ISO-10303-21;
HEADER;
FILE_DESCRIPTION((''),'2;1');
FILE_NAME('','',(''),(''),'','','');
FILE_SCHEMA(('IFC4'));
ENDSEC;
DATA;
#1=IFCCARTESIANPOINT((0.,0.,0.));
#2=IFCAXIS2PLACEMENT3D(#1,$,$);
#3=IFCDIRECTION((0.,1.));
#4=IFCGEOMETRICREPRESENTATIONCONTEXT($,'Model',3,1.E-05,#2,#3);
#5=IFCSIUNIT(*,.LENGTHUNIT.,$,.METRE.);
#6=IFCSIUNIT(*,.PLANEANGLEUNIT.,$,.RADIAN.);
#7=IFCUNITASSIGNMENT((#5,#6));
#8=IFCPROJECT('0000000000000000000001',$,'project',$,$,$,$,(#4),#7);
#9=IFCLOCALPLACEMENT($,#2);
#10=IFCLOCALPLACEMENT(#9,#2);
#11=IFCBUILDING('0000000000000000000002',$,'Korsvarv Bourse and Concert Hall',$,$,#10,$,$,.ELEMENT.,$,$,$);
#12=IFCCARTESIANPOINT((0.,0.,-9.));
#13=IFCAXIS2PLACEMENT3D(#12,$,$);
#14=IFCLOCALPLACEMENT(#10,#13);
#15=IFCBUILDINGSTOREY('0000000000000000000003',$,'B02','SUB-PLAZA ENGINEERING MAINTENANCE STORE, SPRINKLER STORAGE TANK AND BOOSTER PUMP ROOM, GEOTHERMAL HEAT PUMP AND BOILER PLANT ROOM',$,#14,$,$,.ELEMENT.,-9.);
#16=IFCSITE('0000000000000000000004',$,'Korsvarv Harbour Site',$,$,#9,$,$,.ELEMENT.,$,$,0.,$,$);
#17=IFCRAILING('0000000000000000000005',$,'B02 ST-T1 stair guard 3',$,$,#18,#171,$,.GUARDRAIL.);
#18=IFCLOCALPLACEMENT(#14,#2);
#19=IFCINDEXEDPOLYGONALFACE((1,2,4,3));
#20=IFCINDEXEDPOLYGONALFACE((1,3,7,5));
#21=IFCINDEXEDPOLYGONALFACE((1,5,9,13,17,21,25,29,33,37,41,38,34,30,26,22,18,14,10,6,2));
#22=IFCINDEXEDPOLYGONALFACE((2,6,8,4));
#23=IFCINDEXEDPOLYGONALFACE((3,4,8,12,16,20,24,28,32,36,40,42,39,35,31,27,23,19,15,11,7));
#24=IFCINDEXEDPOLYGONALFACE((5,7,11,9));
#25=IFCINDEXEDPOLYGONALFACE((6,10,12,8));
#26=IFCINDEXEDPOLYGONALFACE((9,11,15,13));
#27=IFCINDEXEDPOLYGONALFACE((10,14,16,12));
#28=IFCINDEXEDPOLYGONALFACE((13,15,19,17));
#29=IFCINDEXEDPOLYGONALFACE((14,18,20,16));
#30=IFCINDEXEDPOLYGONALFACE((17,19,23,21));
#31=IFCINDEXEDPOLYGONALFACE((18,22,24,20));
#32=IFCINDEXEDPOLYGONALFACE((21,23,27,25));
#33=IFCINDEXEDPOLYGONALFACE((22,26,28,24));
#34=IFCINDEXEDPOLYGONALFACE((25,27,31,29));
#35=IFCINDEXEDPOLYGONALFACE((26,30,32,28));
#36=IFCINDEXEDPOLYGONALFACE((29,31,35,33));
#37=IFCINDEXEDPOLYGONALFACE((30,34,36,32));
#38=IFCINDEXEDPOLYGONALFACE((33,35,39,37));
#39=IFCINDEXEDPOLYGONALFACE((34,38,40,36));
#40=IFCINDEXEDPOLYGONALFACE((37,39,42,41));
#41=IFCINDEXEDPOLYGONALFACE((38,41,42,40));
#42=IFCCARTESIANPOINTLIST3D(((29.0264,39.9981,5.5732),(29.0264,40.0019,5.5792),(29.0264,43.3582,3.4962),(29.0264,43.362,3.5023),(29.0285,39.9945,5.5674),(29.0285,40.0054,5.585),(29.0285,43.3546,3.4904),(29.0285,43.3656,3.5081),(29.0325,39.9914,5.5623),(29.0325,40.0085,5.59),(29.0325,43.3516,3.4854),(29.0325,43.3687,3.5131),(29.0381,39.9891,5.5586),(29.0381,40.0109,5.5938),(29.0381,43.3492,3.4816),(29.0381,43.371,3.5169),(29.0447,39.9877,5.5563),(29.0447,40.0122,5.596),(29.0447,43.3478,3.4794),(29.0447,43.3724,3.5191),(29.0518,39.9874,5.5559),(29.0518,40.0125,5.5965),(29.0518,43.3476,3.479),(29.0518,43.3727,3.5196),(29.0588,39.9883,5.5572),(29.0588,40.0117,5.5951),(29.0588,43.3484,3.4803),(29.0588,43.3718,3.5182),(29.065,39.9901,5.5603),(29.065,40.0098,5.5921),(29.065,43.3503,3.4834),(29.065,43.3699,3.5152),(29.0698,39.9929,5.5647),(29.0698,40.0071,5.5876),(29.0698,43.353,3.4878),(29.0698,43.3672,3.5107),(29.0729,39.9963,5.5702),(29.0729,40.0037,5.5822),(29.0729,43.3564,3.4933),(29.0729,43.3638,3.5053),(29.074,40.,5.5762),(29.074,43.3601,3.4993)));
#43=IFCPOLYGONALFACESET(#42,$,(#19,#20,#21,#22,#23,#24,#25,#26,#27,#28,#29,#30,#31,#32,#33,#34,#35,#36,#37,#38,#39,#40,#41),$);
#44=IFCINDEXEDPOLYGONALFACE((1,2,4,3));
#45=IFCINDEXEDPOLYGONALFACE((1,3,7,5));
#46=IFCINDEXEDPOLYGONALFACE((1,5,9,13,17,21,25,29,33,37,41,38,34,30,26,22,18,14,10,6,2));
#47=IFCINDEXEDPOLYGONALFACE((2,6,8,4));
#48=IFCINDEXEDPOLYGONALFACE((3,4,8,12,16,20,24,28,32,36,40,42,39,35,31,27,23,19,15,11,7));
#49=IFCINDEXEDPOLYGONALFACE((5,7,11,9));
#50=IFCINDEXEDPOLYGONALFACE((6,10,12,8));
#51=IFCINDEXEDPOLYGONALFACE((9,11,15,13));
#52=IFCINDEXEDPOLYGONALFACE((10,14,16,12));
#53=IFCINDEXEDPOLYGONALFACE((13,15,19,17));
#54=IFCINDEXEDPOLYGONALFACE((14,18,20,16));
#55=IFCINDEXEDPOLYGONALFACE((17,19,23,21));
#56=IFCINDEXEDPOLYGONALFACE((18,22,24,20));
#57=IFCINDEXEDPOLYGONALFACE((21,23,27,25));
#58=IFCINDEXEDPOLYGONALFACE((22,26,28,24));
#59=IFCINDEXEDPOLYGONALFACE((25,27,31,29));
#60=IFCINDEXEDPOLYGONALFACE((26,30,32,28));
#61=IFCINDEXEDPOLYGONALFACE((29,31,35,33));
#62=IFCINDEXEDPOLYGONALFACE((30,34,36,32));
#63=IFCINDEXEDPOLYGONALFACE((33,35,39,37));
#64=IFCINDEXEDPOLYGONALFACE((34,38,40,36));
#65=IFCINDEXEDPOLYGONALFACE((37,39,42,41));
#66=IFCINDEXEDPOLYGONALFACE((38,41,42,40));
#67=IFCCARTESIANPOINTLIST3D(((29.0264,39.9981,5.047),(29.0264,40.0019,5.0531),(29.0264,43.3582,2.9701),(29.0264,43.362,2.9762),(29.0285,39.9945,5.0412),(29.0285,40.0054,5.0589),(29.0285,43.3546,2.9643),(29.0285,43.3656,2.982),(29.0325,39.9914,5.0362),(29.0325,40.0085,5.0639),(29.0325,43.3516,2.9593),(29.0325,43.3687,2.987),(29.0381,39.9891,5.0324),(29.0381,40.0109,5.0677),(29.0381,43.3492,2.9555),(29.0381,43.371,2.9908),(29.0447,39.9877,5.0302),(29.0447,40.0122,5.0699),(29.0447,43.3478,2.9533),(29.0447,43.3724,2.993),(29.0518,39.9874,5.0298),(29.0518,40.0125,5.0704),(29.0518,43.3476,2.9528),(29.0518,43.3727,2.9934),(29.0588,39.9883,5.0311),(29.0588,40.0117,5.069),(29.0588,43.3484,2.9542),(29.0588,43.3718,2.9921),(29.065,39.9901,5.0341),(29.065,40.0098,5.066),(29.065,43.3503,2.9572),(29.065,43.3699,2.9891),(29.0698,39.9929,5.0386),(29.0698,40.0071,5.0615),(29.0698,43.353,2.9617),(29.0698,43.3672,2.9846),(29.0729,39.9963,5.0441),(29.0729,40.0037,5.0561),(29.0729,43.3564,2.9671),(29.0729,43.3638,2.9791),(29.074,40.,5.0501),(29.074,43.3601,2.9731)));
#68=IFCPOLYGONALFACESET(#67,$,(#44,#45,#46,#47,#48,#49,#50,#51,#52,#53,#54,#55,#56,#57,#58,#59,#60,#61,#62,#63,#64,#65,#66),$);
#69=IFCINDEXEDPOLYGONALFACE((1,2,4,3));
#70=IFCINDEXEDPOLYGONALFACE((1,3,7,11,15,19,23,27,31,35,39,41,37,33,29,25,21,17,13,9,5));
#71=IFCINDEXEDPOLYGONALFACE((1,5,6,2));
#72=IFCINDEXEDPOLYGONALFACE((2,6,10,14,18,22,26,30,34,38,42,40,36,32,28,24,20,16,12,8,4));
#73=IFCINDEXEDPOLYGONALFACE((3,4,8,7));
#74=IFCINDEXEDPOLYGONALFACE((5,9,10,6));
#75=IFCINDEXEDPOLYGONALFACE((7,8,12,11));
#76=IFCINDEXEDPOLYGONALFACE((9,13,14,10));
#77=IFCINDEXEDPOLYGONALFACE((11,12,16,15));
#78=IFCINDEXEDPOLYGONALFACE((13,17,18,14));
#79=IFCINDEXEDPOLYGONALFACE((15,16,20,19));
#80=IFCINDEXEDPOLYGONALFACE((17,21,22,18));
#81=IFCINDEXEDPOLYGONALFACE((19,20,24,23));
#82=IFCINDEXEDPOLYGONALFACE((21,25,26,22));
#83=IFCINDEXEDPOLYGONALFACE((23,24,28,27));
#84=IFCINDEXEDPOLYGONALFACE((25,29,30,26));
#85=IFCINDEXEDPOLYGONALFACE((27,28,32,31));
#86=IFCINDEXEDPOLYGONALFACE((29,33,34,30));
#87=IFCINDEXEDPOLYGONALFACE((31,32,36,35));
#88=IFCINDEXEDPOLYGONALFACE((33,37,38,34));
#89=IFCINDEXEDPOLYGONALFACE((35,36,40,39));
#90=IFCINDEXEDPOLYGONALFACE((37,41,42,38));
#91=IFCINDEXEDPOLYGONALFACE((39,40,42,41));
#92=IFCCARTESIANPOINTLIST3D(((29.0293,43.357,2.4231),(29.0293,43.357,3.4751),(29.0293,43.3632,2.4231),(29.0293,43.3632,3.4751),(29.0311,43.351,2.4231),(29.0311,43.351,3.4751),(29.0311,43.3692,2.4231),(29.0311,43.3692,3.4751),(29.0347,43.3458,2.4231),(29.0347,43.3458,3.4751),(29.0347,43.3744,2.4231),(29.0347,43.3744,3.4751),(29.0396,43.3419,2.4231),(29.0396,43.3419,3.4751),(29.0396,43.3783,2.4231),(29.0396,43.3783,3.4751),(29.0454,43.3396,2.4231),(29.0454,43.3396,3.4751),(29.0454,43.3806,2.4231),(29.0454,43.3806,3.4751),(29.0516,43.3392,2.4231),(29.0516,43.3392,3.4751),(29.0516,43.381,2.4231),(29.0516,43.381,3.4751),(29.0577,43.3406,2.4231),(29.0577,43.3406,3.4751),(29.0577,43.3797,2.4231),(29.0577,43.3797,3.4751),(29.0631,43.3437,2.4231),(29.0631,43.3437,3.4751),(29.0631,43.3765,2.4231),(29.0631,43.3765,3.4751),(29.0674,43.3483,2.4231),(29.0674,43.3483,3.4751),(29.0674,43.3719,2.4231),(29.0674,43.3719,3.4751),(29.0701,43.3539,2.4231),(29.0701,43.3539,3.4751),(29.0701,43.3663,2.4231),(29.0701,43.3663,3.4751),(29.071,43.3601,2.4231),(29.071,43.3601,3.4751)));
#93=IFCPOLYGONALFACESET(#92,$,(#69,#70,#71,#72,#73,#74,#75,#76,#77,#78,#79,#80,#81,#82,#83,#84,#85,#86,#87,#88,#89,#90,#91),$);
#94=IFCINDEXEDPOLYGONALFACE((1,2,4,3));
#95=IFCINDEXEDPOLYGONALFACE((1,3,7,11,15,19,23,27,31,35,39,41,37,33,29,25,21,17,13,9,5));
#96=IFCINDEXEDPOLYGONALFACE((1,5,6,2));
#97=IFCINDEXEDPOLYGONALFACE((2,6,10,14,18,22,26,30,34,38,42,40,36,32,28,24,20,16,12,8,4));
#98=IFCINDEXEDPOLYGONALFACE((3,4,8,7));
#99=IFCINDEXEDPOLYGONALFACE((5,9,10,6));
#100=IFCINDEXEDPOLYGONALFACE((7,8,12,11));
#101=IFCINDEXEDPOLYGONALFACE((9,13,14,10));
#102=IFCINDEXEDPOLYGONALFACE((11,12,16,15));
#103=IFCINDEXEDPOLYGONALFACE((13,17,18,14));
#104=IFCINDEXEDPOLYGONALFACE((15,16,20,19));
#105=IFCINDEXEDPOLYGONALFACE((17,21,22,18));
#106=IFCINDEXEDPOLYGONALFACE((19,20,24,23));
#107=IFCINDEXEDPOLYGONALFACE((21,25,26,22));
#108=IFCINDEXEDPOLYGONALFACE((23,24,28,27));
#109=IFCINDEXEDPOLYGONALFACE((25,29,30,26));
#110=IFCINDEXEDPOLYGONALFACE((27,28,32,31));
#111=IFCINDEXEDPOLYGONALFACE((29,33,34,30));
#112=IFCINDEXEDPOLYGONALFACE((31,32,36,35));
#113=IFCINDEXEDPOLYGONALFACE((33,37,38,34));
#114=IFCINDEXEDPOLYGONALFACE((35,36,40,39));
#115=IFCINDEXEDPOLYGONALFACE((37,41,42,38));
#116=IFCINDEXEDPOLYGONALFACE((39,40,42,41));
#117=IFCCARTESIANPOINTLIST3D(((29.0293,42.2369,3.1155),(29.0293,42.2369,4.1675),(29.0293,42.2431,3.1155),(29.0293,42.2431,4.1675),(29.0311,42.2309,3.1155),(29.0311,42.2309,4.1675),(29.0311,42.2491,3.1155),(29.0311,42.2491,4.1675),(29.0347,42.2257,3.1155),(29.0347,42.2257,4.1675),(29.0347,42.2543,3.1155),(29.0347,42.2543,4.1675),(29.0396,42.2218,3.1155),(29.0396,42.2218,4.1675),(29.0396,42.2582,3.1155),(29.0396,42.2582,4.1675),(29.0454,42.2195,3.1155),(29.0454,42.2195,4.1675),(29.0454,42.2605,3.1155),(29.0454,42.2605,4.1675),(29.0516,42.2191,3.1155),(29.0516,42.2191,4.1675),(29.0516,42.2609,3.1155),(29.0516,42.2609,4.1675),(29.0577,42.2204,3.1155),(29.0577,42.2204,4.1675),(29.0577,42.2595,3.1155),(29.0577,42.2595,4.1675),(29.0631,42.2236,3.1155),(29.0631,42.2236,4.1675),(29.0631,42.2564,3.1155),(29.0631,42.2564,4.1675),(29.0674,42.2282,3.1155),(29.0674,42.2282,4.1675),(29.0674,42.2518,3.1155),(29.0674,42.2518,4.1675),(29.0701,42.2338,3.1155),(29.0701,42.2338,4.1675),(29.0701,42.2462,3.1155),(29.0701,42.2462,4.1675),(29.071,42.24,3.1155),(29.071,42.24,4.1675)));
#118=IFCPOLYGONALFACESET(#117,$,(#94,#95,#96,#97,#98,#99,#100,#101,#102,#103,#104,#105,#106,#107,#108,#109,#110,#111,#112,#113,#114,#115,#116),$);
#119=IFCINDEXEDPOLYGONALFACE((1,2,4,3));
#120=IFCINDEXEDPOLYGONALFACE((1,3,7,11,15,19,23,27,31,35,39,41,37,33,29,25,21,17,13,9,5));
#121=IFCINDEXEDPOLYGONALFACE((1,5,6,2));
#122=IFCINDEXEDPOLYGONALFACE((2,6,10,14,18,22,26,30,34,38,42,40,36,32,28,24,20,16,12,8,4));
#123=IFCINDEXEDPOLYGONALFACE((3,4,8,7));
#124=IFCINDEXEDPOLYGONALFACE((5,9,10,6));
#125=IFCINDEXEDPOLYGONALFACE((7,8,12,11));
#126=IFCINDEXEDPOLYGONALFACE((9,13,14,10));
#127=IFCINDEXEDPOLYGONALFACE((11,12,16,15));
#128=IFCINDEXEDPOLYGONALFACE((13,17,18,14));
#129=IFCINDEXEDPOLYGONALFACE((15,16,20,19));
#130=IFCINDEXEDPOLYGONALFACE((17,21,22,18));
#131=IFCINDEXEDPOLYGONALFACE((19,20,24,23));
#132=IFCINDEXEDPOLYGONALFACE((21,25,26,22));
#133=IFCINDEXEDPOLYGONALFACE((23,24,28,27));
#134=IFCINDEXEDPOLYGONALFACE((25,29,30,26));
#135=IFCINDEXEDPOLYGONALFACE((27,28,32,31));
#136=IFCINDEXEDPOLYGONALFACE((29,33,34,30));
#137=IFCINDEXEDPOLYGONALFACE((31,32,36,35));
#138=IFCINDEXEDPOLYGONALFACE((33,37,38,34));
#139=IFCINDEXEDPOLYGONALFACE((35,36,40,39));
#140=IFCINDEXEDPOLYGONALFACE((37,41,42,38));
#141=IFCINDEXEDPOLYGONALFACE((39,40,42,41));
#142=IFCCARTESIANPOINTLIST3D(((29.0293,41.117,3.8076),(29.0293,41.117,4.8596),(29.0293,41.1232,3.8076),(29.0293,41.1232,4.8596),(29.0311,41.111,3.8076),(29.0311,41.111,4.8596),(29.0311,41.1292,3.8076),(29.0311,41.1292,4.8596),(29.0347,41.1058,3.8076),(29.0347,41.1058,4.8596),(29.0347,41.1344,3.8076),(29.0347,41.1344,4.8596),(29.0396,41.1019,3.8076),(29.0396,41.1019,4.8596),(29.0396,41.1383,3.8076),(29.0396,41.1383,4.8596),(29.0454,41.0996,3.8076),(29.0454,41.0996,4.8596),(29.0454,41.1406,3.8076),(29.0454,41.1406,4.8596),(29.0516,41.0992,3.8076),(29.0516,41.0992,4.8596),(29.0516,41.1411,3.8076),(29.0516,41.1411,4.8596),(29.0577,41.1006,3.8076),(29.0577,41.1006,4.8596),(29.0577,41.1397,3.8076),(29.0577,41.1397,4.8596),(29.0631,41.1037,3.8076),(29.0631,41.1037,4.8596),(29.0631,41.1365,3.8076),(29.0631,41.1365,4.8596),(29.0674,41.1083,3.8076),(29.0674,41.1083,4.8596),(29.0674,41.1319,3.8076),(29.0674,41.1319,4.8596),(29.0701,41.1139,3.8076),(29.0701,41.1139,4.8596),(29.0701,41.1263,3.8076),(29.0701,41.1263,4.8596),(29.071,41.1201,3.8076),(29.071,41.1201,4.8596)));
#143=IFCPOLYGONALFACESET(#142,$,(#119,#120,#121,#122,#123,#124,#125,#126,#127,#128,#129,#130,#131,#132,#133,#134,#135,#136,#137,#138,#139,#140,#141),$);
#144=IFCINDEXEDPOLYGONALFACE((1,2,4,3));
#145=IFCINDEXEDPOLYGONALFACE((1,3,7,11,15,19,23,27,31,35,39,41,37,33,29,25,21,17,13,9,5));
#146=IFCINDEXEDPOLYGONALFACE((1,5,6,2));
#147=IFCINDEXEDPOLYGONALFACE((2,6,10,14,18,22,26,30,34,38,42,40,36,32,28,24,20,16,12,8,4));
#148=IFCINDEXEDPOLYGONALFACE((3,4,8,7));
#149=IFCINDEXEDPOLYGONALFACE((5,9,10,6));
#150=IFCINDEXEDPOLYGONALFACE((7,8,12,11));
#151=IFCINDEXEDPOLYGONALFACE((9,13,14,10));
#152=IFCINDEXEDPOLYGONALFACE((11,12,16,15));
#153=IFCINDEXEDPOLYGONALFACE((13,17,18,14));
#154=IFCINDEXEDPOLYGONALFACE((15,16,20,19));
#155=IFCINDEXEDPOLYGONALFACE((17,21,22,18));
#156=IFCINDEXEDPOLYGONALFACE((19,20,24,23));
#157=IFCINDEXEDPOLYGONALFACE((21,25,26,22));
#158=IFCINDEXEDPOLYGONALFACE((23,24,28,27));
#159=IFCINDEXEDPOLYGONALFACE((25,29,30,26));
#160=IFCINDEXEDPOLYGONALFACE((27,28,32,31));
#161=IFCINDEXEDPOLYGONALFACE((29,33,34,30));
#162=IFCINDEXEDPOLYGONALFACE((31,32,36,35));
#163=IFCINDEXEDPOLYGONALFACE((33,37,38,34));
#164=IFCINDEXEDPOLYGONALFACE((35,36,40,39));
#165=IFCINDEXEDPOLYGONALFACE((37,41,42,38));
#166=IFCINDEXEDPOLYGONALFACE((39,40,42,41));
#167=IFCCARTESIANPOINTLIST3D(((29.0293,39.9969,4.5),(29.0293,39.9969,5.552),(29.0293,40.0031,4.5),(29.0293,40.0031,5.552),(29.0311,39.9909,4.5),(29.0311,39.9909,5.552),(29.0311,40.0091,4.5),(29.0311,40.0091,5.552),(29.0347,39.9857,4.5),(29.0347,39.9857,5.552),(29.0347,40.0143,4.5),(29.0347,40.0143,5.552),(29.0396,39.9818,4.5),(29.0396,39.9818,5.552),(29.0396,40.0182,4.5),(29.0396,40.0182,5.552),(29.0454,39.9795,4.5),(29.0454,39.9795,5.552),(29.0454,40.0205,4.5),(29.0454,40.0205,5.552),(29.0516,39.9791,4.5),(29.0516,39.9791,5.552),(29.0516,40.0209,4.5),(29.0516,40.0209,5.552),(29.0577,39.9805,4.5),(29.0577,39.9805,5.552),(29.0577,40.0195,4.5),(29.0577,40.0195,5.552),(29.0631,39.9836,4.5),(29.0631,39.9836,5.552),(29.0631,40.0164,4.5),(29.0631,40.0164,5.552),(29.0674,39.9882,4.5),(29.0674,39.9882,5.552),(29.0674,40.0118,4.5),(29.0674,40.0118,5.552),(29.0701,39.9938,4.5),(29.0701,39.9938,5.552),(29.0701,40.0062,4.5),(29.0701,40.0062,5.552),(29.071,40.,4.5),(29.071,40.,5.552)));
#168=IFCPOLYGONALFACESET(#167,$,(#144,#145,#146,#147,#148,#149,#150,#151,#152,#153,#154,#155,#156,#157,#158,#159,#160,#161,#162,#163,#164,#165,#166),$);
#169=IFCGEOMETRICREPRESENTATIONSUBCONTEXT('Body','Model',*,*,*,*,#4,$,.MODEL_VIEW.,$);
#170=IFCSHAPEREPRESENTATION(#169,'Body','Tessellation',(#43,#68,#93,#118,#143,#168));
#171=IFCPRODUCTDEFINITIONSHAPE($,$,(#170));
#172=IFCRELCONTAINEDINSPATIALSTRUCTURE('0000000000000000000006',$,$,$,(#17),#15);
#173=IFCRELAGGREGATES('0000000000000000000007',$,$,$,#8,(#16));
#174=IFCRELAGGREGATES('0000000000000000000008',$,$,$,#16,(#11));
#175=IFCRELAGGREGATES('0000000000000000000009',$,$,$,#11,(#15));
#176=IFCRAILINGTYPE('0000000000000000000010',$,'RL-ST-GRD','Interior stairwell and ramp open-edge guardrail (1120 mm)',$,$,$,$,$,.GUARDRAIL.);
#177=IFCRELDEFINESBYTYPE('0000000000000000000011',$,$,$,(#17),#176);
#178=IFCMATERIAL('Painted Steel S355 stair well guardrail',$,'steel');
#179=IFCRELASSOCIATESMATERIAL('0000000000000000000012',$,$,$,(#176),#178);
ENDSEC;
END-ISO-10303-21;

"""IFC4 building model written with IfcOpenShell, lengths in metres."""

from ifc_helpers import new_model, si_unit, direction, frame, origin, origin_2d, place, context, subcontext, project, spatial, circle, extrude, material, type_object, element, save


model = new_model("IFC4")

# Units and contexts
model_context = context("Model", 3, precision=1e-05, world=origin(), true_north=direction((0.0, 1.0)))
body_context = subcontext(model_context, "Body", "Model", "MODEL_VIEW")
ifc_project = project(units=[si_unit("LENGTHUNIT", "METRE"), si_unit("PLANEANGLEUNIT", "RADIAN")], contexts=[model_context])

# Site, building, storey
site_placement = place(None, origin())
site = spatial("IfcSite", under=ifc_project, at=site_placement, Name="Korsvarv Harbour Site", CompositionType="ELEMENT", RefElevation=0.0)
building_placement = place(site_placement, origin())
building = spatial("IfcBuilding", under=site, at=building_placement, Name="Korsvarv Bourse and Concert Hall", CompositionType="ELEMENT")
storey_placement = place(building_placement, frame((0.0, 0.0, -9.0)))
storey = spatial("IfcBuildingStorey", under=building, at=storey_placement, Name="B02", Description="SUB-PLAZA ENGINEERING MAINTENANCE STORE, SPRINKLER STORAGE TANK AND BOOSTER PUMP ROOM, GEOTHERMAL HEAT PUMP AND BOILER PLANT ROOM", CompositionType="ELEMENT", Elevation=-9.0)

# Railing
ifc_material_1 = material(Name="Painted Steel S355 stair well guardrail", Category="steel")
railing_type_1 = type_object("IfcRailingType", Name="RL-ST-GRD", Description="Interior stairwell and ramp open-edge guardrail (1120 mm)", PredefinedType="GUARDRAIL", material=ifc_material_1)
railing_1_placement = place(storey_placement, frame((29.05, 43.3601, 2.4231)))
element("IfcRailing", 1, at=railing_1_placement, inside=storey, type_object=railing_type_1, Name="B02 ST-T1 stair guard 3", PredefinedType="GUARDRAIL", context=body_context, shape_type="SweptSolid", body=[
    extrude(circle(Radius=0.0239, at=origin_2d()), frame((0.0, 0.0, 1.0762), z_axis=(0.0, -0.850623, 0.525776), x_axis=(1.0, 0.0, 0.0)), (0.0, 0.0, 1.0), 3.9502),
    extrude(circle(Radius=0.0239, at=origin_2d()), frame((0.0, 0.0, 0.55), z_axis=(0.0, -0.850623, 0.525776), x_axis=(1.0, 0.0, 0.0)), (0.0, 0.0, 1.0), 3.9502),
    extrude(circle(Radius=0.021, at=origin_2d()), origin(), (0.0, 0.0, 1.0), 1.052),
    extrude(circle(Radius=0.021, at=origin_2d()), frame((0.0, -1.1201, 0.6924)), (0.0, 0.0, 1.0), 1.052),
    extrude(circle(Radius=0.021, at=origin_2d()), frame((0.0, -2.24, 1.3845)), (0.0, 0.0, 1.0), 1.052),
    extrude(circle(Radius=0.021, at=origin_2d()), frame((0.0, -3.3601, 2.0769)), (0.0, 0.0, 1.0), 1.052),
])

save(model, "model.ifc")
